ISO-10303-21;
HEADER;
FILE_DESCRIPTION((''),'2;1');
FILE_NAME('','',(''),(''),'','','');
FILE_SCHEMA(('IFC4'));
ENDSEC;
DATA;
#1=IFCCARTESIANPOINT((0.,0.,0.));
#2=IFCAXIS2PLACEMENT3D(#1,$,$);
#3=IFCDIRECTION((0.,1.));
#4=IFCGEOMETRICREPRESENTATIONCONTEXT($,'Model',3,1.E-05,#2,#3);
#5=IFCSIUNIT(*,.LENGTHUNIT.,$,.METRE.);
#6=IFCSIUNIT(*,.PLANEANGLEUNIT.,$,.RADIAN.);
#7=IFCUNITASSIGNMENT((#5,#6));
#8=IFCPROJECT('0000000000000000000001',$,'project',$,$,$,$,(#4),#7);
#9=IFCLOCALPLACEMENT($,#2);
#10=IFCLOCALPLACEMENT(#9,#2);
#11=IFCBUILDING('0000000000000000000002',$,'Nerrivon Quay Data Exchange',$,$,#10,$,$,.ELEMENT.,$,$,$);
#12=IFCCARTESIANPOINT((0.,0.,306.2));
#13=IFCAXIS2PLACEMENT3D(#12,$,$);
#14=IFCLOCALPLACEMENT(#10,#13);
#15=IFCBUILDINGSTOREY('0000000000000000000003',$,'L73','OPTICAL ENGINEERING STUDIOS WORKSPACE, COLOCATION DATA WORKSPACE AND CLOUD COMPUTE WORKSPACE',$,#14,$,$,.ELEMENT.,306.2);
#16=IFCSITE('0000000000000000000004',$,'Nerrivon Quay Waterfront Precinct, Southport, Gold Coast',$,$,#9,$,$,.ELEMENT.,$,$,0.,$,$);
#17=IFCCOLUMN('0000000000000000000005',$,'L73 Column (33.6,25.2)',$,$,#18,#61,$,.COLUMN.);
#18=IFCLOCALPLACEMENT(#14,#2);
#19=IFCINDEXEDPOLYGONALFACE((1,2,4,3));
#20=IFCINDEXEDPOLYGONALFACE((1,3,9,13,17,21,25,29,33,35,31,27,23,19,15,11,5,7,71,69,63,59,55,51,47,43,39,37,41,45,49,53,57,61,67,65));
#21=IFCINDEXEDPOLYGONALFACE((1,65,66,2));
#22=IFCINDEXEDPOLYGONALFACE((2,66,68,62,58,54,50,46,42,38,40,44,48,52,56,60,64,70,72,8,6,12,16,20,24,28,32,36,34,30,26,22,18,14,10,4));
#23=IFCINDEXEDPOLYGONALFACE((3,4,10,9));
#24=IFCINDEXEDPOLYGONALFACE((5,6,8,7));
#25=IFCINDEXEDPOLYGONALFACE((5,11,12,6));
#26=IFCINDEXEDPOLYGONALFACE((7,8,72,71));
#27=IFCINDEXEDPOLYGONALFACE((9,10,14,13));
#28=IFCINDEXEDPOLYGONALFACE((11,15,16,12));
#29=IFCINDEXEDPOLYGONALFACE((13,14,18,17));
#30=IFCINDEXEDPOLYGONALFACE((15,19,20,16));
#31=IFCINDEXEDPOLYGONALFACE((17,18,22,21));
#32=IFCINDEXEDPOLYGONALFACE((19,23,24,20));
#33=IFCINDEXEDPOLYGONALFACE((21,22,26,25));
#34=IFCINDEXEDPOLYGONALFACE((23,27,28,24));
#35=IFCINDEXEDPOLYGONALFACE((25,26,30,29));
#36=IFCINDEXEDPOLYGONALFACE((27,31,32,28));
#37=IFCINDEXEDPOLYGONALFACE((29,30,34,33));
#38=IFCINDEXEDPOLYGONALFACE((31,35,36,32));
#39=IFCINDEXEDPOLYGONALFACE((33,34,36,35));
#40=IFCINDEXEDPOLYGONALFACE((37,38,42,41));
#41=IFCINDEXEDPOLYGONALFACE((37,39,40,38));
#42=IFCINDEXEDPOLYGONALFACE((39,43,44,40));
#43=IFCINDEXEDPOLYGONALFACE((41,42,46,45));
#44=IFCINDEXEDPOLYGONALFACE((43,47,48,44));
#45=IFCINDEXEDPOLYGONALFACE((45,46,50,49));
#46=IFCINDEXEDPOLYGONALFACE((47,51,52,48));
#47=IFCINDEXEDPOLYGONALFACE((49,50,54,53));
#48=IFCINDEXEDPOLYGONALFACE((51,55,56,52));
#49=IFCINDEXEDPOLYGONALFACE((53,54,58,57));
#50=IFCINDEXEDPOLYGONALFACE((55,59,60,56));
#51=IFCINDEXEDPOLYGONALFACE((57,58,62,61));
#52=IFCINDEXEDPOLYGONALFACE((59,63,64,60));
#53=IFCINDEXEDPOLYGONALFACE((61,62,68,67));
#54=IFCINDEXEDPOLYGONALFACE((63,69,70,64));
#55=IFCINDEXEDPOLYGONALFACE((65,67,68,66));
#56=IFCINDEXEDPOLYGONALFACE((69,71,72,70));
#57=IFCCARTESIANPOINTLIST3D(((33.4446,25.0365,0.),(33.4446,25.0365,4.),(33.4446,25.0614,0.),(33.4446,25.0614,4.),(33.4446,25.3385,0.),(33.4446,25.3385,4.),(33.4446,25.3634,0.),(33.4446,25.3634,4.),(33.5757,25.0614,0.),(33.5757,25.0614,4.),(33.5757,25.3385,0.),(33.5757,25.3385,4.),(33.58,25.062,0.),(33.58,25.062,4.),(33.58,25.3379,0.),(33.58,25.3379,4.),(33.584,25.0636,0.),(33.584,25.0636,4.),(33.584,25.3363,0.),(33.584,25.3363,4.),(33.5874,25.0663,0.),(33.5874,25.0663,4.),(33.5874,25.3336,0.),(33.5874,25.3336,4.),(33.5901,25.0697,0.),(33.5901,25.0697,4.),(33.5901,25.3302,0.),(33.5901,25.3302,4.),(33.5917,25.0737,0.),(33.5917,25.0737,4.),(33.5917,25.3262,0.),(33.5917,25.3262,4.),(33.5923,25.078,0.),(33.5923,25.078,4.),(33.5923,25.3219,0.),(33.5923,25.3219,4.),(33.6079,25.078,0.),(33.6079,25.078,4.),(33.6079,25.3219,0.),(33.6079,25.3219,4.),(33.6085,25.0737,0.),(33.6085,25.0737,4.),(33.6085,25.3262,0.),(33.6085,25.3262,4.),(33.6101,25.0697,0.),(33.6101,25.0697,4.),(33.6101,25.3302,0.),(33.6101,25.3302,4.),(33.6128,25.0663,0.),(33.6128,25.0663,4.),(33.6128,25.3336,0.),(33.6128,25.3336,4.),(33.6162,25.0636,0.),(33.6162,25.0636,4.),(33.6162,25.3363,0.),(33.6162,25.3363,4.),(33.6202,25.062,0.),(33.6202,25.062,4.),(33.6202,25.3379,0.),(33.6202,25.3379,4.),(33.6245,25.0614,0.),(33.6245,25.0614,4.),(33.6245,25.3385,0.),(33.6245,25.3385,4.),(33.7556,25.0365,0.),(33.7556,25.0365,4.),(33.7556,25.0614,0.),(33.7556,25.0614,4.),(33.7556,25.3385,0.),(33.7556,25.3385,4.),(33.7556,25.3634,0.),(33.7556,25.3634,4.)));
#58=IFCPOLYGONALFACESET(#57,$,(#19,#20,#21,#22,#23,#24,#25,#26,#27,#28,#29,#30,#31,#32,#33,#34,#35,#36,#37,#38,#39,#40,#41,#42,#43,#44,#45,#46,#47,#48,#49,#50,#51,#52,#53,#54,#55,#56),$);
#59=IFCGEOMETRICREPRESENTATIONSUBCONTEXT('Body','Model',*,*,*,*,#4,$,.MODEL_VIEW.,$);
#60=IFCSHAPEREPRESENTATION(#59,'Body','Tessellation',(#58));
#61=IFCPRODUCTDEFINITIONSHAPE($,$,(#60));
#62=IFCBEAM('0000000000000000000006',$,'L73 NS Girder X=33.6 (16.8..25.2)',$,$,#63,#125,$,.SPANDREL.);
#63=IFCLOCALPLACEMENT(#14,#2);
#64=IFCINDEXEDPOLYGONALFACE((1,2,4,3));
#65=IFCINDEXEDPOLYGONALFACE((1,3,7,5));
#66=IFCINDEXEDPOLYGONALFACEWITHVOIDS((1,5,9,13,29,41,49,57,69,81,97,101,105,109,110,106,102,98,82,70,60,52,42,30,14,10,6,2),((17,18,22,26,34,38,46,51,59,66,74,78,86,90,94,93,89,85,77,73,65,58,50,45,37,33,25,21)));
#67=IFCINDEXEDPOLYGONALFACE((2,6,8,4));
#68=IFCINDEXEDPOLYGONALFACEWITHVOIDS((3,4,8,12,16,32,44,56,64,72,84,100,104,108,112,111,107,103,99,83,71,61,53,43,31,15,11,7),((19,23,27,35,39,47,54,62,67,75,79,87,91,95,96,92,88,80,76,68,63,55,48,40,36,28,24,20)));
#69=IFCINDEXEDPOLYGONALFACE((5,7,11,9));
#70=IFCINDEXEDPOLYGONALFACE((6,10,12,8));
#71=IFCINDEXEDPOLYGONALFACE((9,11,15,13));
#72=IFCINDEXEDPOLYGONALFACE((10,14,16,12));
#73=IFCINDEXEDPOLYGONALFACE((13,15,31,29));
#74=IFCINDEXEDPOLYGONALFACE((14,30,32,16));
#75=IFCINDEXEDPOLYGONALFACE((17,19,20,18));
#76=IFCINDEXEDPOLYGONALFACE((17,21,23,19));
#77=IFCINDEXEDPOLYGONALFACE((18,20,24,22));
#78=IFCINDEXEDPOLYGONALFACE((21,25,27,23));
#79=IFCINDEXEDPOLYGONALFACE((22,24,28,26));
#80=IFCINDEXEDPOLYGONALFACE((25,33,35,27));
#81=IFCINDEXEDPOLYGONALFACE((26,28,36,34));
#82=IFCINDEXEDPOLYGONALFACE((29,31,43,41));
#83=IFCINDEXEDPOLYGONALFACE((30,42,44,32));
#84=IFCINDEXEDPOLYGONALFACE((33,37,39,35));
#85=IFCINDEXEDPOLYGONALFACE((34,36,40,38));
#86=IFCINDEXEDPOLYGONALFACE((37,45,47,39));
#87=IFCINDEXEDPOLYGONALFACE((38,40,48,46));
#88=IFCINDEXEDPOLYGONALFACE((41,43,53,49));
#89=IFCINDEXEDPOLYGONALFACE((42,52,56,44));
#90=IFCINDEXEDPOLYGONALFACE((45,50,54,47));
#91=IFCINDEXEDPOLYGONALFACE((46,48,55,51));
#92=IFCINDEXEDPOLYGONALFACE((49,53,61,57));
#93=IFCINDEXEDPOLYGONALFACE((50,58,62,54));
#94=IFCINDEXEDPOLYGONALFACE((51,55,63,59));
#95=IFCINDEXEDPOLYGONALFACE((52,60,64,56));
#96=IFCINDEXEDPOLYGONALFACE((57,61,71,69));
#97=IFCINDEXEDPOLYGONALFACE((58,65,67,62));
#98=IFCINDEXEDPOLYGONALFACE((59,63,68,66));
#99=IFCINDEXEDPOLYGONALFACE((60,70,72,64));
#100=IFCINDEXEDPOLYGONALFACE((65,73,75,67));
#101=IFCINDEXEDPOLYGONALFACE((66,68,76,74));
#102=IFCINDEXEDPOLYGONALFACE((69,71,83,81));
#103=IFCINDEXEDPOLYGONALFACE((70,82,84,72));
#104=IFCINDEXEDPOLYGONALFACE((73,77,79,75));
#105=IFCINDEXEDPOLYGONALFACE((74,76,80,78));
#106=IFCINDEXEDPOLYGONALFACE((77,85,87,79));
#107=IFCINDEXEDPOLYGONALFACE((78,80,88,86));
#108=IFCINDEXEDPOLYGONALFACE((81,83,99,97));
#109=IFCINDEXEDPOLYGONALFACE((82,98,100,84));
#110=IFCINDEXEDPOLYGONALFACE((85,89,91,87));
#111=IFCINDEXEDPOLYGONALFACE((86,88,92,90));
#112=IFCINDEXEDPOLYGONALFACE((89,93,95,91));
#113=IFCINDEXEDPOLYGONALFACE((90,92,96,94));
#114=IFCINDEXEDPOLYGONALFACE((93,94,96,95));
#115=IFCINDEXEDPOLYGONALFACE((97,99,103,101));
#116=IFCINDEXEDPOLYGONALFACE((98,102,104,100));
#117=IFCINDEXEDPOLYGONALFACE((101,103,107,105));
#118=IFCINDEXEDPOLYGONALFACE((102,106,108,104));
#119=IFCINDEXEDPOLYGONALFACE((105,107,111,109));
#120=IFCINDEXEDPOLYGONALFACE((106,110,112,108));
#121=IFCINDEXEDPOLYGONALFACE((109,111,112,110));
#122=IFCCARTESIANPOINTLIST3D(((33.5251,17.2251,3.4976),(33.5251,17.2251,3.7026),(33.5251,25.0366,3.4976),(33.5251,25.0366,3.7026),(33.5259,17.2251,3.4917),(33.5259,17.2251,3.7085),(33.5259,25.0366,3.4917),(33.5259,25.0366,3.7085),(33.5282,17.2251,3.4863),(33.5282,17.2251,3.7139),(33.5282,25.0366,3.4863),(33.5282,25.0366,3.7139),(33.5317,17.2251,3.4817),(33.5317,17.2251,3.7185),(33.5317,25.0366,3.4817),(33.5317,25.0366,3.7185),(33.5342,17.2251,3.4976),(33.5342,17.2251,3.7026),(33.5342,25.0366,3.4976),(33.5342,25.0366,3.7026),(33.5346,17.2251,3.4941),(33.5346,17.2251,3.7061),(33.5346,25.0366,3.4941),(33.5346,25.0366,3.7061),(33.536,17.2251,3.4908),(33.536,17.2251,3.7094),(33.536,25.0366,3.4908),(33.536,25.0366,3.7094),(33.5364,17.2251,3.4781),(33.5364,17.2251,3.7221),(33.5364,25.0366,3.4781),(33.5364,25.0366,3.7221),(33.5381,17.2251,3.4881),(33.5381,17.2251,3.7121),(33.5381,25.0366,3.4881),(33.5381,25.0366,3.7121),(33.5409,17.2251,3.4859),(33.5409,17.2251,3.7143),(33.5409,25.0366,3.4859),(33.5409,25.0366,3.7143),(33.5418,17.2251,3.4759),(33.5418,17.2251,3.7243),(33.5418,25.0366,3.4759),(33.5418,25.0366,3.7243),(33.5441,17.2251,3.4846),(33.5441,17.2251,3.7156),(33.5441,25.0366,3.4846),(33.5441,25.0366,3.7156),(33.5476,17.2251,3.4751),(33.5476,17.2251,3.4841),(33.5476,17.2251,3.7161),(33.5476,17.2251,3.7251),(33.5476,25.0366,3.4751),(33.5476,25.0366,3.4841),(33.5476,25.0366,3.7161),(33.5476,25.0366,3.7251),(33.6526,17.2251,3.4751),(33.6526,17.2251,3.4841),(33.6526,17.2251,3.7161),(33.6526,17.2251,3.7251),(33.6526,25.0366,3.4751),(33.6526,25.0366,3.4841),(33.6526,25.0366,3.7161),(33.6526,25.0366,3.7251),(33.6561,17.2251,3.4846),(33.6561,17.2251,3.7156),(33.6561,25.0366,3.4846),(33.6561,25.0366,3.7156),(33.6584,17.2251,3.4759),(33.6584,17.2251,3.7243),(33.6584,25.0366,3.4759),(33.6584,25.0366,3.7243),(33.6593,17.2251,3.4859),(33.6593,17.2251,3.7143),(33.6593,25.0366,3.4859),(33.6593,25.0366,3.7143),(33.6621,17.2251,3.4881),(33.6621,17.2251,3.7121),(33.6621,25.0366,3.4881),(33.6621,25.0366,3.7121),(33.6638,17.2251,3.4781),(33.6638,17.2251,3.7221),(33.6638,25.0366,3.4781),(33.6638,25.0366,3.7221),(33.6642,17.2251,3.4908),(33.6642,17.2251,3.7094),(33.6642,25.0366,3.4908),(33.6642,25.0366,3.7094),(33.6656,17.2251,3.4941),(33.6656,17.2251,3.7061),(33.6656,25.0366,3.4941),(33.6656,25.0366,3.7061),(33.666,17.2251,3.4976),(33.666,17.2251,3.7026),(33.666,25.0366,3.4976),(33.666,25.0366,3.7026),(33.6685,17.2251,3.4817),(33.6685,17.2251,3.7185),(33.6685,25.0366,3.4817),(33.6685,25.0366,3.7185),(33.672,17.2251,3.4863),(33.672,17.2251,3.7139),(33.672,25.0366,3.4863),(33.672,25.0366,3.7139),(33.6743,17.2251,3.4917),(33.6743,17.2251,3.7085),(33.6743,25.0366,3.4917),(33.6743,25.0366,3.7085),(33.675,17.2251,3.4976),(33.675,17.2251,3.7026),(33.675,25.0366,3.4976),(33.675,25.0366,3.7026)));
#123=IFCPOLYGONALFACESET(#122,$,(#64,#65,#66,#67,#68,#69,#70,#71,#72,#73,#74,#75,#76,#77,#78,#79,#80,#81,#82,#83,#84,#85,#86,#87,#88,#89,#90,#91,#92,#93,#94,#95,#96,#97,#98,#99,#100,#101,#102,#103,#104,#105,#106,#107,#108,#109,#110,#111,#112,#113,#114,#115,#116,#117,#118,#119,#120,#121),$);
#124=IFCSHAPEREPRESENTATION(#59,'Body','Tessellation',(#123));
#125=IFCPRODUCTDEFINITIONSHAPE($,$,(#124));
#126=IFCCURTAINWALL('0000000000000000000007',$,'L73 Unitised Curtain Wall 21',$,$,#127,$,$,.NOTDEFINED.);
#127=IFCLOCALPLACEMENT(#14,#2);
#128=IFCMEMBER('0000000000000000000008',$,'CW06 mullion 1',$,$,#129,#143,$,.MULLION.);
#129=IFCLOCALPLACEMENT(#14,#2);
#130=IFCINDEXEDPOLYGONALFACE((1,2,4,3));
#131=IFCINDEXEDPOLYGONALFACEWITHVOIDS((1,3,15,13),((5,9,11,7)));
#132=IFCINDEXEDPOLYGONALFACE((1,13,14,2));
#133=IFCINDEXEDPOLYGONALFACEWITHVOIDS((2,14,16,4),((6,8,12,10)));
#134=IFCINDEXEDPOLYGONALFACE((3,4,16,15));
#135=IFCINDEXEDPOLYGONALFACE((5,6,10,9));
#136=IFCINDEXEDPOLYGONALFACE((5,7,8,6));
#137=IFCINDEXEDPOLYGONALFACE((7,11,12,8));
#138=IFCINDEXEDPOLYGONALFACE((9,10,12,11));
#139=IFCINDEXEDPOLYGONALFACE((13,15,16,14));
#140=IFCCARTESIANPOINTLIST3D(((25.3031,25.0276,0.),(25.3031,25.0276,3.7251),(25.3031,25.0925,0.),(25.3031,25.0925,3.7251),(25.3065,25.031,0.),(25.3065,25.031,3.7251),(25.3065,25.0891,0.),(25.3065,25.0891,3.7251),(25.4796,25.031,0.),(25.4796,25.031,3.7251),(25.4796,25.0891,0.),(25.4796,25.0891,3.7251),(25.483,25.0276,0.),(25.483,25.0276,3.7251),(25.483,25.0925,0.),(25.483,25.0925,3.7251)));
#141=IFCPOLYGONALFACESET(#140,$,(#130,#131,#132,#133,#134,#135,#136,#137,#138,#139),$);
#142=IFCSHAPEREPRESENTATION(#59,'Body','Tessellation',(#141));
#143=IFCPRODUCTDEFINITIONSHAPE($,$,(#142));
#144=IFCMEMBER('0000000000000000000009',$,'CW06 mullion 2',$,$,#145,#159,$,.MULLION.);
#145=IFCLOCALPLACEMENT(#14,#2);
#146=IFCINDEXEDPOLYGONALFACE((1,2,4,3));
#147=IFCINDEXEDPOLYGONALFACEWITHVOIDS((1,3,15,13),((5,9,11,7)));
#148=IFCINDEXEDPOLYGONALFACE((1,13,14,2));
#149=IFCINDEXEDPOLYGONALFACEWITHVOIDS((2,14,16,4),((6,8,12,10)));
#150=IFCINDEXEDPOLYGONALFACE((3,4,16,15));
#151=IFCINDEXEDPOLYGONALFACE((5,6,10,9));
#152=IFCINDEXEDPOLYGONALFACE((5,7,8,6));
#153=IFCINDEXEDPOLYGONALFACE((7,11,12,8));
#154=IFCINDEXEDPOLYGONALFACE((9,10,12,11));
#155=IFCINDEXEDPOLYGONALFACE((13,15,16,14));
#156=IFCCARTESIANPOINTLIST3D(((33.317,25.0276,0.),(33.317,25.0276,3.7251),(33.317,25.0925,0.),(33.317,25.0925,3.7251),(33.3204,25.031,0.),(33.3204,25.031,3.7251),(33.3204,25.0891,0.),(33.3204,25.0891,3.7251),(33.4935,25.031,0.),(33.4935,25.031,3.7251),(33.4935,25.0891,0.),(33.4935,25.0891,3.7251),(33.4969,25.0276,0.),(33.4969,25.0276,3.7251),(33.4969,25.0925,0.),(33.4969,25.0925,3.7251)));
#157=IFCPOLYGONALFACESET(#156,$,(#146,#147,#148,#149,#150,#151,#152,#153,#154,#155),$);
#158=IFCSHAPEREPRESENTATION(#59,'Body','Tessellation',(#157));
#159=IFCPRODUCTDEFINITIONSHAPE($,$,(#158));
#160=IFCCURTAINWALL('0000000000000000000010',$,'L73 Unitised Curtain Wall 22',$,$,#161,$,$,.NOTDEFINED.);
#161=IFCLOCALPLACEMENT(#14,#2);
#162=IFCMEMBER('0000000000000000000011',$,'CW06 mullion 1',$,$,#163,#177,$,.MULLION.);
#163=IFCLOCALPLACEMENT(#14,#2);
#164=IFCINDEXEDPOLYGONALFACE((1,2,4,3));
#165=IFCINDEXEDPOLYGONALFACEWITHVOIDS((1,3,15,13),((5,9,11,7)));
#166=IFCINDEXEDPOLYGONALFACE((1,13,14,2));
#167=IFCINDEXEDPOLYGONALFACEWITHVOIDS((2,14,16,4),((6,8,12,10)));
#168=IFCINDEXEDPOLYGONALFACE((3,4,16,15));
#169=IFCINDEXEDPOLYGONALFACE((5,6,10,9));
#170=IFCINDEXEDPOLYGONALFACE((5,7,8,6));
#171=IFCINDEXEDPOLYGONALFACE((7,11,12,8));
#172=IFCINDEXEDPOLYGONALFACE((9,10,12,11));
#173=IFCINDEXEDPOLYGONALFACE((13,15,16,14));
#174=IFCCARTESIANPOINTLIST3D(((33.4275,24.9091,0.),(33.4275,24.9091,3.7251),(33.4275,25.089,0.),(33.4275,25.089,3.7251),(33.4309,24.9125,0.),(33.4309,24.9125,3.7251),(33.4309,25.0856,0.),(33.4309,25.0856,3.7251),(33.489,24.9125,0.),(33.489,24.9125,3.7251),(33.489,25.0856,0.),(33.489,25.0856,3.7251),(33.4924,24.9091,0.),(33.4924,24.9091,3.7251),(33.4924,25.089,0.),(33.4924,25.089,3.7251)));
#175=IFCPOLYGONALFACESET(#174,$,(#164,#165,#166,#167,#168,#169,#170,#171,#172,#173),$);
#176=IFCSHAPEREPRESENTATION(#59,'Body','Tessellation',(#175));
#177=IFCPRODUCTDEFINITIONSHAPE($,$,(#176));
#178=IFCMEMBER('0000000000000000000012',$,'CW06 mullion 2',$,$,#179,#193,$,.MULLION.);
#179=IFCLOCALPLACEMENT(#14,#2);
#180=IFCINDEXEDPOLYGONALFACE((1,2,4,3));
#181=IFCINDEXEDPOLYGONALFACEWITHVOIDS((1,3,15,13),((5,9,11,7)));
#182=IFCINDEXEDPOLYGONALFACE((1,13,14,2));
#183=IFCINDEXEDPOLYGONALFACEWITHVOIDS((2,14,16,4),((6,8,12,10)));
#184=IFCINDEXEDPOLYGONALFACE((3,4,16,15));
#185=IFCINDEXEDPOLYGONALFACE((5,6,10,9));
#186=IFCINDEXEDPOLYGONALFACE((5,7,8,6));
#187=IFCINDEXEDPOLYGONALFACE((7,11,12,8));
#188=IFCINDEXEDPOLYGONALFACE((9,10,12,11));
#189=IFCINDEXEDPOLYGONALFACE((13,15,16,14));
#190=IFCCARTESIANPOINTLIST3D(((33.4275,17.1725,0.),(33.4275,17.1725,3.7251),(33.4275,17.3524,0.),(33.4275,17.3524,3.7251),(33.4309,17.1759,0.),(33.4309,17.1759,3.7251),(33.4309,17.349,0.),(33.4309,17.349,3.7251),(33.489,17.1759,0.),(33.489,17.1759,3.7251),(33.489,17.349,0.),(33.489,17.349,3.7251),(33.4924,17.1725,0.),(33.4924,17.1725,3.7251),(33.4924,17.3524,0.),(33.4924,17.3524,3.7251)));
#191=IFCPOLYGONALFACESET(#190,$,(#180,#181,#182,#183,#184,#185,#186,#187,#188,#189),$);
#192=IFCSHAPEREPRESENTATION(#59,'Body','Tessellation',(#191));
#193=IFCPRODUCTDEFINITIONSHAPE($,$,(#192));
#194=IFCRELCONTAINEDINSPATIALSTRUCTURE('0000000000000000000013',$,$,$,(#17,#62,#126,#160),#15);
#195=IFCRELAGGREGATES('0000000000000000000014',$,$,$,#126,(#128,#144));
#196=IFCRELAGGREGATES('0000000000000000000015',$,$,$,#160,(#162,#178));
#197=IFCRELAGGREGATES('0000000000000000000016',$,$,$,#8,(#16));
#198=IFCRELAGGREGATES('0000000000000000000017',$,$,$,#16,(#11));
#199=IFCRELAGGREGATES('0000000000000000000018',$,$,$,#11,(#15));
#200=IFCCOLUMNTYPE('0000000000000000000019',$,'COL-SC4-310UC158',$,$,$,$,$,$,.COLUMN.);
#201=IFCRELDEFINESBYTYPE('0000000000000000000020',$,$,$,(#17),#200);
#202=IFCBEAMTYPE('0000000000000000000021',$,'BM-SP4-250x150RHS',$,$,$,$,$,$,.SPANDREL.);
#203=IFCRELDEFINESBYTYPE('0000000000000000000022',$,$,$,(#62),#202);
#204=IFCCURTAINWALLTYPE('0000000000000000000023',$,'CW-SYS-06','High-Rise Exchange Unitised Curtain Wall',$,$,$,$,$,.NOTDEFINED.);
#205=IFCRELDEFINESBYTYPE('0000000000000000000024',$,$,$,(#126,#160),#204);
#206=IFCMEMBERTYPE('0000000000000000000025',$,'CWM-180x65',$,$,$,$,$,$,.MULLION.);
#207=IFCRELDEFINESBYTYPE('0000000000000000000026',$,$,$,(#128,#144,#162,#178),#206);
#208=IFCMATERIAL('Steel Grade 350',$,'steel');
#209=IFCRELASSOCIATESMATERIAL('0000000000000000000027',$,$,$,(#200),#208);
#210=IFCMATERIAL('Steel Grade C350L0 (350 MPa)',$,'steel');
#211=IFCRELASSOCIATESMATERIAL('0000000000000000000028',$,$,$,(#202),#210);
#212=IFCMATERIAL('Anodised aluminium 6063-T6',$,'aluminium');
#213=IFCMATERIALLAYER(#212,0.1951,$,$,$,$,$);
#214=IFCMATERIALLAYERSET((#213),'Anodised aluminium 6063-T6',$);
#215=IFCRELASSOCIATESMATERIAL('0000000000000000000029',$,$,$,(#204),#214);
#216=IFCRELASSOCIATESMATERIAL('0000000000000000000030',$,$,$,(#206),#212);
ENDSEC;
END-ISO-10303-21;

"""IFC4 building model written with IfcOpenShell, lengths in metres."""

from ifc_helpers import new_model, si_unit, direction, frame, origin, origin_2d, place, context, subcontext, project, spatial, hollow_rectangle, i_section, extrude, material, layer, layer_set, material_profile, profile_set, type_object, element, aggregate, save


model = new_model("IFC4")

# Units and contexts
model_context = context("Model", 3, precision=1e-05, world=origin(), true_north=direction((0.0, 1.0)))
body_context = subcontext(model_context, "Body", "Model", "MODEL_VIEW")
ifc_project = project(units=[si_unit("LENGTHUNIT", "METRE"), si_unit("PLANEANGLEUNIT", "RADIAN")], contexts=[model_context])

# Site, building, storey
site_placement = place(None, origin())
site = spatial("IfcSite", under=ifc_project, at=site_placement, Name="Nerrivon Quay Waterfront Precinct, Southport, Gold Coast", CompositionType="ELEMENT", RefElevation=0.0)
building_placement = place(site_placement, origin())
building = spatial("IfcBuilding", under=site, at=building_placement, Name="Nerrivon Quay Data Exchange", CompositionType="ELEMENT")
storey_placement = place(building_placement, frame((0.0, 0.0, 306.2)))
storey = spatial("IfcBuildingStorey", under=building, at=storey_placement, Name="L73", Description="OPTICAL ENGINEERING STUDIOS WORKSPACE, COLOCATION DATA WORKSPACE AND CLOUD COMPUTE WORKSPACE", CompositionType="ELEMENT", Elevation=306.2)

# Column
ifc_material_1 = material(Name="Steel Grade 350", Category="steel")
ifc_material_profile_1 = material_profile(ifc_material_1, i_section(OverallWidth=0.311, OverallDepth=0.3269, WebThickness=0.0156, FlangeThickness=0.0249, FilletRadius=0.0166, at=origin_2d()), Name="310UC158")
ifc_profile_set_1 = profile_set([ifc_material_profile_1], Name="Steel Grade 350")
column_type = type_object("IfcColumnType", Name="COL-SC4-310UC158", PredefinedType="COLUMN", material=ifc_profile_set_1)
column_placement = place(storey_placement, frame((33.6001, 25.2, 0.0), z_axis=(0.0, 0.0, 1.0), x_axis=(1.0, 0.0, 0.0)))
element("IfcColumn", 1, at=column_placement, inside=storey, type_object=column_type, Name="L73 Column (33.6,25.2)", PredefinedType="COLUMN", context=body_context, shape_type="SweptSolid", body=[
    extrude(i_section(OverallWidth=0.311, OverallDepth=0.3269, WebThickness=0.0156, FlangeThickness=0.0249, FilletRadius=0.0166, at=origin_2d()), origin(), (0.0, 0.0, 1.0), 4.0),
])

# Beam
ifc_material_2 = material(Name="Steel Grade C350L0 (350 MPa)", Category="steel")
ifc_material_profile_2 = material_profile(ifc_material_2, hollow_rectangle(XDim=0.1499, YDim=0.25, WallThickness=0.009, InnerFilletRadius=0.0134, OuterFilletRadius=0.0225, at=origin_2d()), Name="250x150x9.0RHS")
ifc_profile_set_2 = profile_set([ifc_material_profile_2], Name="Steel Grade C350L0 (350 MPa)")
beam_type = type_object("IfcBeamType", Name="BM-SP4-250x150RHS", PredefinedType="SPANDREL", material=ifc_profile_set_2)
beam_placement = place(storey_placement, frame((33.6001, 17.2251, 3.6001), z_axis=(0.0, 1.0, 0.0), x_axis=(-1.0, 0.0, 0.0)))
element("IfcBeam", 2, at=beam_placement, inside=storey, type_object=beam_type, Name="L73 NS Girder X=33.6 (16.8..25.2)", PredefinedType="SPANDREL", context=body_context, shape_type="SweptSolid", body=[
    extrude(hollow_rectangle(XDim=0.1499, YDim=0.25, WallThickness=0.009, InnerFilletRadius=0.0134, OuterFilletRadius=0.0225, at=origin_2d()), origin(), (0.0, 0.0, 1.0), 7.8115),
])

# Curtain walls, members
ifc_material_3 = material(Name="Anodised aluminium 6063-T6", Category="aluminium")
ifc_layer_1 = layer(ifc_material_3, 0.1951)
ifc_layer_set_1 = layer_set([ifc_layer_1], Name="Anodised aluminium 6063-T6")
curtain_wall_type = type_object("IfcCurtainWallType", Name="CW-SYS-06", Description="High-Rise Exchange Unitised Curtain Wall", PredefinedType="NOTDEFINED", material=ifc_layer_set_1)
curtain_wall_1_placement = place(storey_placement, origin())
curtain_wall_1 = element("IfcCurtainWall", 3, at=curtain_wall_1_placement, inside=storey, type_object=curtain_wall_type, Name="L73 Unitised Curtain Wall 21", PredefinedType="NOTDEFINED")
ifc_material_profile_3 = material_profile(ifc_material_3, hollow_rectangle(XDim=0.0649, YDim=0.1799, WallThickness=0.0034, at=origin_2d()), Name="ALU-MULL-180x65")
ifc_profile_set_3 = profile_set([ifc_material_profile_3], Name="Anodised aluminium 6063-T6")
member_type_1 = type_object("IfcMemberType", Name="CWM-180x65", PredefinedType="MULLION", material=ifc_profile_set_3)
member_1_placement = place(storey_placement, frame((25.3931, 25.0601, 0.0), z_axis=(0.0, 0.0, 1.0), x_axis=(0.0, 1.0, 0.0)))
member_1 = element("IfcMember", 4, at=member_1_placement, type_object=member_type_1, Name="CW06 mullion 1", PredefinedType="MULLION", context=body_context, shape_type="SweptSolid", body=[
    extrude(hollow_rectangle(XDim=0.0649, YDim=0.1799, WallThickness=0.0034, at=origin_2d()), origin(), (0.0, 0.0, 1.0), 3.7251),
])
member_2_placement = place(storey_placement, frame((33.407, 25.0601, 0.0), z_axis=(0.0, 0.0, 1.0), x_axis=(0.0, 1.0, 0.0)))
member_2 = element("IfcMember", 5, at=member_2_placement, type_object=member_type_1, Name="CW06 mullion 2", PredefinedType="MULLION", context=body_context, shape_type="SweptSolid", body=[
    extrude(hollow_rectangle(XDim=0.0649, YDim=0.1799, WallThickness=0.0034, at=origin_2d()), origin(), (0.0, 0.0, 1.0), 3.7251),
])
curtain_wall_2_placement = place(storey_placement, origin())
curtain_wall_2 = element("IfcCurtainWall", 6, at=curtain_wall_2_placement, inside=storey, type_object=curtain_wall_type, Name="L73 Unitised Curtain Wall 22", PredefinedType="NOTDEFINED")
member_3_placement = place(storey_placement, frame((33.46, 24.999, 0.0), z_axis=(0.0, 0.0, 1.0), x_axis=(1.0, 0.0, 0.0)))
member_3 = element("IfcMember", 7, at=member_3_placement, type_object=member_type_1, Name="CW06 mullion 1", PredefinedType="MULLION", context=body_context, shape_type="SweptSolid", body=[
    extrude(hollow_rectangle(XDim=0.0649, YDim=0.1799, WallThickness=0.0034, at=origin_2d()), origin(), (0.0, 0.0, 1.0), 3.7251),
])
member_4_placement = place(storey_placement, frame((33.46, 17.2625, 0.0), z_axis=(0.0, 0.0, 1.0), x_axis=(1.0, 0.0, 0.0)))
member_4 = element("IfcMember", 8, at=member_4_placement, type_object=member_type_1, Name="CW06 mullion 2", PredefinedType="MULLION", context=body_context, shape_type="SweptSolid", body=[
    extrude(hollow_rectangle(XDim=0.0649, YDim=0.1799, WallThickness=0.0034, at=origin_2d()), origin(), (0.0, 0.0, 1.0), 3.7251),
])

aggregate(curtain_wall_1, [member_1, member_2])
aggregate(curtain_wall_2, [member_3, member_4])

save(model, "model.ifc")
